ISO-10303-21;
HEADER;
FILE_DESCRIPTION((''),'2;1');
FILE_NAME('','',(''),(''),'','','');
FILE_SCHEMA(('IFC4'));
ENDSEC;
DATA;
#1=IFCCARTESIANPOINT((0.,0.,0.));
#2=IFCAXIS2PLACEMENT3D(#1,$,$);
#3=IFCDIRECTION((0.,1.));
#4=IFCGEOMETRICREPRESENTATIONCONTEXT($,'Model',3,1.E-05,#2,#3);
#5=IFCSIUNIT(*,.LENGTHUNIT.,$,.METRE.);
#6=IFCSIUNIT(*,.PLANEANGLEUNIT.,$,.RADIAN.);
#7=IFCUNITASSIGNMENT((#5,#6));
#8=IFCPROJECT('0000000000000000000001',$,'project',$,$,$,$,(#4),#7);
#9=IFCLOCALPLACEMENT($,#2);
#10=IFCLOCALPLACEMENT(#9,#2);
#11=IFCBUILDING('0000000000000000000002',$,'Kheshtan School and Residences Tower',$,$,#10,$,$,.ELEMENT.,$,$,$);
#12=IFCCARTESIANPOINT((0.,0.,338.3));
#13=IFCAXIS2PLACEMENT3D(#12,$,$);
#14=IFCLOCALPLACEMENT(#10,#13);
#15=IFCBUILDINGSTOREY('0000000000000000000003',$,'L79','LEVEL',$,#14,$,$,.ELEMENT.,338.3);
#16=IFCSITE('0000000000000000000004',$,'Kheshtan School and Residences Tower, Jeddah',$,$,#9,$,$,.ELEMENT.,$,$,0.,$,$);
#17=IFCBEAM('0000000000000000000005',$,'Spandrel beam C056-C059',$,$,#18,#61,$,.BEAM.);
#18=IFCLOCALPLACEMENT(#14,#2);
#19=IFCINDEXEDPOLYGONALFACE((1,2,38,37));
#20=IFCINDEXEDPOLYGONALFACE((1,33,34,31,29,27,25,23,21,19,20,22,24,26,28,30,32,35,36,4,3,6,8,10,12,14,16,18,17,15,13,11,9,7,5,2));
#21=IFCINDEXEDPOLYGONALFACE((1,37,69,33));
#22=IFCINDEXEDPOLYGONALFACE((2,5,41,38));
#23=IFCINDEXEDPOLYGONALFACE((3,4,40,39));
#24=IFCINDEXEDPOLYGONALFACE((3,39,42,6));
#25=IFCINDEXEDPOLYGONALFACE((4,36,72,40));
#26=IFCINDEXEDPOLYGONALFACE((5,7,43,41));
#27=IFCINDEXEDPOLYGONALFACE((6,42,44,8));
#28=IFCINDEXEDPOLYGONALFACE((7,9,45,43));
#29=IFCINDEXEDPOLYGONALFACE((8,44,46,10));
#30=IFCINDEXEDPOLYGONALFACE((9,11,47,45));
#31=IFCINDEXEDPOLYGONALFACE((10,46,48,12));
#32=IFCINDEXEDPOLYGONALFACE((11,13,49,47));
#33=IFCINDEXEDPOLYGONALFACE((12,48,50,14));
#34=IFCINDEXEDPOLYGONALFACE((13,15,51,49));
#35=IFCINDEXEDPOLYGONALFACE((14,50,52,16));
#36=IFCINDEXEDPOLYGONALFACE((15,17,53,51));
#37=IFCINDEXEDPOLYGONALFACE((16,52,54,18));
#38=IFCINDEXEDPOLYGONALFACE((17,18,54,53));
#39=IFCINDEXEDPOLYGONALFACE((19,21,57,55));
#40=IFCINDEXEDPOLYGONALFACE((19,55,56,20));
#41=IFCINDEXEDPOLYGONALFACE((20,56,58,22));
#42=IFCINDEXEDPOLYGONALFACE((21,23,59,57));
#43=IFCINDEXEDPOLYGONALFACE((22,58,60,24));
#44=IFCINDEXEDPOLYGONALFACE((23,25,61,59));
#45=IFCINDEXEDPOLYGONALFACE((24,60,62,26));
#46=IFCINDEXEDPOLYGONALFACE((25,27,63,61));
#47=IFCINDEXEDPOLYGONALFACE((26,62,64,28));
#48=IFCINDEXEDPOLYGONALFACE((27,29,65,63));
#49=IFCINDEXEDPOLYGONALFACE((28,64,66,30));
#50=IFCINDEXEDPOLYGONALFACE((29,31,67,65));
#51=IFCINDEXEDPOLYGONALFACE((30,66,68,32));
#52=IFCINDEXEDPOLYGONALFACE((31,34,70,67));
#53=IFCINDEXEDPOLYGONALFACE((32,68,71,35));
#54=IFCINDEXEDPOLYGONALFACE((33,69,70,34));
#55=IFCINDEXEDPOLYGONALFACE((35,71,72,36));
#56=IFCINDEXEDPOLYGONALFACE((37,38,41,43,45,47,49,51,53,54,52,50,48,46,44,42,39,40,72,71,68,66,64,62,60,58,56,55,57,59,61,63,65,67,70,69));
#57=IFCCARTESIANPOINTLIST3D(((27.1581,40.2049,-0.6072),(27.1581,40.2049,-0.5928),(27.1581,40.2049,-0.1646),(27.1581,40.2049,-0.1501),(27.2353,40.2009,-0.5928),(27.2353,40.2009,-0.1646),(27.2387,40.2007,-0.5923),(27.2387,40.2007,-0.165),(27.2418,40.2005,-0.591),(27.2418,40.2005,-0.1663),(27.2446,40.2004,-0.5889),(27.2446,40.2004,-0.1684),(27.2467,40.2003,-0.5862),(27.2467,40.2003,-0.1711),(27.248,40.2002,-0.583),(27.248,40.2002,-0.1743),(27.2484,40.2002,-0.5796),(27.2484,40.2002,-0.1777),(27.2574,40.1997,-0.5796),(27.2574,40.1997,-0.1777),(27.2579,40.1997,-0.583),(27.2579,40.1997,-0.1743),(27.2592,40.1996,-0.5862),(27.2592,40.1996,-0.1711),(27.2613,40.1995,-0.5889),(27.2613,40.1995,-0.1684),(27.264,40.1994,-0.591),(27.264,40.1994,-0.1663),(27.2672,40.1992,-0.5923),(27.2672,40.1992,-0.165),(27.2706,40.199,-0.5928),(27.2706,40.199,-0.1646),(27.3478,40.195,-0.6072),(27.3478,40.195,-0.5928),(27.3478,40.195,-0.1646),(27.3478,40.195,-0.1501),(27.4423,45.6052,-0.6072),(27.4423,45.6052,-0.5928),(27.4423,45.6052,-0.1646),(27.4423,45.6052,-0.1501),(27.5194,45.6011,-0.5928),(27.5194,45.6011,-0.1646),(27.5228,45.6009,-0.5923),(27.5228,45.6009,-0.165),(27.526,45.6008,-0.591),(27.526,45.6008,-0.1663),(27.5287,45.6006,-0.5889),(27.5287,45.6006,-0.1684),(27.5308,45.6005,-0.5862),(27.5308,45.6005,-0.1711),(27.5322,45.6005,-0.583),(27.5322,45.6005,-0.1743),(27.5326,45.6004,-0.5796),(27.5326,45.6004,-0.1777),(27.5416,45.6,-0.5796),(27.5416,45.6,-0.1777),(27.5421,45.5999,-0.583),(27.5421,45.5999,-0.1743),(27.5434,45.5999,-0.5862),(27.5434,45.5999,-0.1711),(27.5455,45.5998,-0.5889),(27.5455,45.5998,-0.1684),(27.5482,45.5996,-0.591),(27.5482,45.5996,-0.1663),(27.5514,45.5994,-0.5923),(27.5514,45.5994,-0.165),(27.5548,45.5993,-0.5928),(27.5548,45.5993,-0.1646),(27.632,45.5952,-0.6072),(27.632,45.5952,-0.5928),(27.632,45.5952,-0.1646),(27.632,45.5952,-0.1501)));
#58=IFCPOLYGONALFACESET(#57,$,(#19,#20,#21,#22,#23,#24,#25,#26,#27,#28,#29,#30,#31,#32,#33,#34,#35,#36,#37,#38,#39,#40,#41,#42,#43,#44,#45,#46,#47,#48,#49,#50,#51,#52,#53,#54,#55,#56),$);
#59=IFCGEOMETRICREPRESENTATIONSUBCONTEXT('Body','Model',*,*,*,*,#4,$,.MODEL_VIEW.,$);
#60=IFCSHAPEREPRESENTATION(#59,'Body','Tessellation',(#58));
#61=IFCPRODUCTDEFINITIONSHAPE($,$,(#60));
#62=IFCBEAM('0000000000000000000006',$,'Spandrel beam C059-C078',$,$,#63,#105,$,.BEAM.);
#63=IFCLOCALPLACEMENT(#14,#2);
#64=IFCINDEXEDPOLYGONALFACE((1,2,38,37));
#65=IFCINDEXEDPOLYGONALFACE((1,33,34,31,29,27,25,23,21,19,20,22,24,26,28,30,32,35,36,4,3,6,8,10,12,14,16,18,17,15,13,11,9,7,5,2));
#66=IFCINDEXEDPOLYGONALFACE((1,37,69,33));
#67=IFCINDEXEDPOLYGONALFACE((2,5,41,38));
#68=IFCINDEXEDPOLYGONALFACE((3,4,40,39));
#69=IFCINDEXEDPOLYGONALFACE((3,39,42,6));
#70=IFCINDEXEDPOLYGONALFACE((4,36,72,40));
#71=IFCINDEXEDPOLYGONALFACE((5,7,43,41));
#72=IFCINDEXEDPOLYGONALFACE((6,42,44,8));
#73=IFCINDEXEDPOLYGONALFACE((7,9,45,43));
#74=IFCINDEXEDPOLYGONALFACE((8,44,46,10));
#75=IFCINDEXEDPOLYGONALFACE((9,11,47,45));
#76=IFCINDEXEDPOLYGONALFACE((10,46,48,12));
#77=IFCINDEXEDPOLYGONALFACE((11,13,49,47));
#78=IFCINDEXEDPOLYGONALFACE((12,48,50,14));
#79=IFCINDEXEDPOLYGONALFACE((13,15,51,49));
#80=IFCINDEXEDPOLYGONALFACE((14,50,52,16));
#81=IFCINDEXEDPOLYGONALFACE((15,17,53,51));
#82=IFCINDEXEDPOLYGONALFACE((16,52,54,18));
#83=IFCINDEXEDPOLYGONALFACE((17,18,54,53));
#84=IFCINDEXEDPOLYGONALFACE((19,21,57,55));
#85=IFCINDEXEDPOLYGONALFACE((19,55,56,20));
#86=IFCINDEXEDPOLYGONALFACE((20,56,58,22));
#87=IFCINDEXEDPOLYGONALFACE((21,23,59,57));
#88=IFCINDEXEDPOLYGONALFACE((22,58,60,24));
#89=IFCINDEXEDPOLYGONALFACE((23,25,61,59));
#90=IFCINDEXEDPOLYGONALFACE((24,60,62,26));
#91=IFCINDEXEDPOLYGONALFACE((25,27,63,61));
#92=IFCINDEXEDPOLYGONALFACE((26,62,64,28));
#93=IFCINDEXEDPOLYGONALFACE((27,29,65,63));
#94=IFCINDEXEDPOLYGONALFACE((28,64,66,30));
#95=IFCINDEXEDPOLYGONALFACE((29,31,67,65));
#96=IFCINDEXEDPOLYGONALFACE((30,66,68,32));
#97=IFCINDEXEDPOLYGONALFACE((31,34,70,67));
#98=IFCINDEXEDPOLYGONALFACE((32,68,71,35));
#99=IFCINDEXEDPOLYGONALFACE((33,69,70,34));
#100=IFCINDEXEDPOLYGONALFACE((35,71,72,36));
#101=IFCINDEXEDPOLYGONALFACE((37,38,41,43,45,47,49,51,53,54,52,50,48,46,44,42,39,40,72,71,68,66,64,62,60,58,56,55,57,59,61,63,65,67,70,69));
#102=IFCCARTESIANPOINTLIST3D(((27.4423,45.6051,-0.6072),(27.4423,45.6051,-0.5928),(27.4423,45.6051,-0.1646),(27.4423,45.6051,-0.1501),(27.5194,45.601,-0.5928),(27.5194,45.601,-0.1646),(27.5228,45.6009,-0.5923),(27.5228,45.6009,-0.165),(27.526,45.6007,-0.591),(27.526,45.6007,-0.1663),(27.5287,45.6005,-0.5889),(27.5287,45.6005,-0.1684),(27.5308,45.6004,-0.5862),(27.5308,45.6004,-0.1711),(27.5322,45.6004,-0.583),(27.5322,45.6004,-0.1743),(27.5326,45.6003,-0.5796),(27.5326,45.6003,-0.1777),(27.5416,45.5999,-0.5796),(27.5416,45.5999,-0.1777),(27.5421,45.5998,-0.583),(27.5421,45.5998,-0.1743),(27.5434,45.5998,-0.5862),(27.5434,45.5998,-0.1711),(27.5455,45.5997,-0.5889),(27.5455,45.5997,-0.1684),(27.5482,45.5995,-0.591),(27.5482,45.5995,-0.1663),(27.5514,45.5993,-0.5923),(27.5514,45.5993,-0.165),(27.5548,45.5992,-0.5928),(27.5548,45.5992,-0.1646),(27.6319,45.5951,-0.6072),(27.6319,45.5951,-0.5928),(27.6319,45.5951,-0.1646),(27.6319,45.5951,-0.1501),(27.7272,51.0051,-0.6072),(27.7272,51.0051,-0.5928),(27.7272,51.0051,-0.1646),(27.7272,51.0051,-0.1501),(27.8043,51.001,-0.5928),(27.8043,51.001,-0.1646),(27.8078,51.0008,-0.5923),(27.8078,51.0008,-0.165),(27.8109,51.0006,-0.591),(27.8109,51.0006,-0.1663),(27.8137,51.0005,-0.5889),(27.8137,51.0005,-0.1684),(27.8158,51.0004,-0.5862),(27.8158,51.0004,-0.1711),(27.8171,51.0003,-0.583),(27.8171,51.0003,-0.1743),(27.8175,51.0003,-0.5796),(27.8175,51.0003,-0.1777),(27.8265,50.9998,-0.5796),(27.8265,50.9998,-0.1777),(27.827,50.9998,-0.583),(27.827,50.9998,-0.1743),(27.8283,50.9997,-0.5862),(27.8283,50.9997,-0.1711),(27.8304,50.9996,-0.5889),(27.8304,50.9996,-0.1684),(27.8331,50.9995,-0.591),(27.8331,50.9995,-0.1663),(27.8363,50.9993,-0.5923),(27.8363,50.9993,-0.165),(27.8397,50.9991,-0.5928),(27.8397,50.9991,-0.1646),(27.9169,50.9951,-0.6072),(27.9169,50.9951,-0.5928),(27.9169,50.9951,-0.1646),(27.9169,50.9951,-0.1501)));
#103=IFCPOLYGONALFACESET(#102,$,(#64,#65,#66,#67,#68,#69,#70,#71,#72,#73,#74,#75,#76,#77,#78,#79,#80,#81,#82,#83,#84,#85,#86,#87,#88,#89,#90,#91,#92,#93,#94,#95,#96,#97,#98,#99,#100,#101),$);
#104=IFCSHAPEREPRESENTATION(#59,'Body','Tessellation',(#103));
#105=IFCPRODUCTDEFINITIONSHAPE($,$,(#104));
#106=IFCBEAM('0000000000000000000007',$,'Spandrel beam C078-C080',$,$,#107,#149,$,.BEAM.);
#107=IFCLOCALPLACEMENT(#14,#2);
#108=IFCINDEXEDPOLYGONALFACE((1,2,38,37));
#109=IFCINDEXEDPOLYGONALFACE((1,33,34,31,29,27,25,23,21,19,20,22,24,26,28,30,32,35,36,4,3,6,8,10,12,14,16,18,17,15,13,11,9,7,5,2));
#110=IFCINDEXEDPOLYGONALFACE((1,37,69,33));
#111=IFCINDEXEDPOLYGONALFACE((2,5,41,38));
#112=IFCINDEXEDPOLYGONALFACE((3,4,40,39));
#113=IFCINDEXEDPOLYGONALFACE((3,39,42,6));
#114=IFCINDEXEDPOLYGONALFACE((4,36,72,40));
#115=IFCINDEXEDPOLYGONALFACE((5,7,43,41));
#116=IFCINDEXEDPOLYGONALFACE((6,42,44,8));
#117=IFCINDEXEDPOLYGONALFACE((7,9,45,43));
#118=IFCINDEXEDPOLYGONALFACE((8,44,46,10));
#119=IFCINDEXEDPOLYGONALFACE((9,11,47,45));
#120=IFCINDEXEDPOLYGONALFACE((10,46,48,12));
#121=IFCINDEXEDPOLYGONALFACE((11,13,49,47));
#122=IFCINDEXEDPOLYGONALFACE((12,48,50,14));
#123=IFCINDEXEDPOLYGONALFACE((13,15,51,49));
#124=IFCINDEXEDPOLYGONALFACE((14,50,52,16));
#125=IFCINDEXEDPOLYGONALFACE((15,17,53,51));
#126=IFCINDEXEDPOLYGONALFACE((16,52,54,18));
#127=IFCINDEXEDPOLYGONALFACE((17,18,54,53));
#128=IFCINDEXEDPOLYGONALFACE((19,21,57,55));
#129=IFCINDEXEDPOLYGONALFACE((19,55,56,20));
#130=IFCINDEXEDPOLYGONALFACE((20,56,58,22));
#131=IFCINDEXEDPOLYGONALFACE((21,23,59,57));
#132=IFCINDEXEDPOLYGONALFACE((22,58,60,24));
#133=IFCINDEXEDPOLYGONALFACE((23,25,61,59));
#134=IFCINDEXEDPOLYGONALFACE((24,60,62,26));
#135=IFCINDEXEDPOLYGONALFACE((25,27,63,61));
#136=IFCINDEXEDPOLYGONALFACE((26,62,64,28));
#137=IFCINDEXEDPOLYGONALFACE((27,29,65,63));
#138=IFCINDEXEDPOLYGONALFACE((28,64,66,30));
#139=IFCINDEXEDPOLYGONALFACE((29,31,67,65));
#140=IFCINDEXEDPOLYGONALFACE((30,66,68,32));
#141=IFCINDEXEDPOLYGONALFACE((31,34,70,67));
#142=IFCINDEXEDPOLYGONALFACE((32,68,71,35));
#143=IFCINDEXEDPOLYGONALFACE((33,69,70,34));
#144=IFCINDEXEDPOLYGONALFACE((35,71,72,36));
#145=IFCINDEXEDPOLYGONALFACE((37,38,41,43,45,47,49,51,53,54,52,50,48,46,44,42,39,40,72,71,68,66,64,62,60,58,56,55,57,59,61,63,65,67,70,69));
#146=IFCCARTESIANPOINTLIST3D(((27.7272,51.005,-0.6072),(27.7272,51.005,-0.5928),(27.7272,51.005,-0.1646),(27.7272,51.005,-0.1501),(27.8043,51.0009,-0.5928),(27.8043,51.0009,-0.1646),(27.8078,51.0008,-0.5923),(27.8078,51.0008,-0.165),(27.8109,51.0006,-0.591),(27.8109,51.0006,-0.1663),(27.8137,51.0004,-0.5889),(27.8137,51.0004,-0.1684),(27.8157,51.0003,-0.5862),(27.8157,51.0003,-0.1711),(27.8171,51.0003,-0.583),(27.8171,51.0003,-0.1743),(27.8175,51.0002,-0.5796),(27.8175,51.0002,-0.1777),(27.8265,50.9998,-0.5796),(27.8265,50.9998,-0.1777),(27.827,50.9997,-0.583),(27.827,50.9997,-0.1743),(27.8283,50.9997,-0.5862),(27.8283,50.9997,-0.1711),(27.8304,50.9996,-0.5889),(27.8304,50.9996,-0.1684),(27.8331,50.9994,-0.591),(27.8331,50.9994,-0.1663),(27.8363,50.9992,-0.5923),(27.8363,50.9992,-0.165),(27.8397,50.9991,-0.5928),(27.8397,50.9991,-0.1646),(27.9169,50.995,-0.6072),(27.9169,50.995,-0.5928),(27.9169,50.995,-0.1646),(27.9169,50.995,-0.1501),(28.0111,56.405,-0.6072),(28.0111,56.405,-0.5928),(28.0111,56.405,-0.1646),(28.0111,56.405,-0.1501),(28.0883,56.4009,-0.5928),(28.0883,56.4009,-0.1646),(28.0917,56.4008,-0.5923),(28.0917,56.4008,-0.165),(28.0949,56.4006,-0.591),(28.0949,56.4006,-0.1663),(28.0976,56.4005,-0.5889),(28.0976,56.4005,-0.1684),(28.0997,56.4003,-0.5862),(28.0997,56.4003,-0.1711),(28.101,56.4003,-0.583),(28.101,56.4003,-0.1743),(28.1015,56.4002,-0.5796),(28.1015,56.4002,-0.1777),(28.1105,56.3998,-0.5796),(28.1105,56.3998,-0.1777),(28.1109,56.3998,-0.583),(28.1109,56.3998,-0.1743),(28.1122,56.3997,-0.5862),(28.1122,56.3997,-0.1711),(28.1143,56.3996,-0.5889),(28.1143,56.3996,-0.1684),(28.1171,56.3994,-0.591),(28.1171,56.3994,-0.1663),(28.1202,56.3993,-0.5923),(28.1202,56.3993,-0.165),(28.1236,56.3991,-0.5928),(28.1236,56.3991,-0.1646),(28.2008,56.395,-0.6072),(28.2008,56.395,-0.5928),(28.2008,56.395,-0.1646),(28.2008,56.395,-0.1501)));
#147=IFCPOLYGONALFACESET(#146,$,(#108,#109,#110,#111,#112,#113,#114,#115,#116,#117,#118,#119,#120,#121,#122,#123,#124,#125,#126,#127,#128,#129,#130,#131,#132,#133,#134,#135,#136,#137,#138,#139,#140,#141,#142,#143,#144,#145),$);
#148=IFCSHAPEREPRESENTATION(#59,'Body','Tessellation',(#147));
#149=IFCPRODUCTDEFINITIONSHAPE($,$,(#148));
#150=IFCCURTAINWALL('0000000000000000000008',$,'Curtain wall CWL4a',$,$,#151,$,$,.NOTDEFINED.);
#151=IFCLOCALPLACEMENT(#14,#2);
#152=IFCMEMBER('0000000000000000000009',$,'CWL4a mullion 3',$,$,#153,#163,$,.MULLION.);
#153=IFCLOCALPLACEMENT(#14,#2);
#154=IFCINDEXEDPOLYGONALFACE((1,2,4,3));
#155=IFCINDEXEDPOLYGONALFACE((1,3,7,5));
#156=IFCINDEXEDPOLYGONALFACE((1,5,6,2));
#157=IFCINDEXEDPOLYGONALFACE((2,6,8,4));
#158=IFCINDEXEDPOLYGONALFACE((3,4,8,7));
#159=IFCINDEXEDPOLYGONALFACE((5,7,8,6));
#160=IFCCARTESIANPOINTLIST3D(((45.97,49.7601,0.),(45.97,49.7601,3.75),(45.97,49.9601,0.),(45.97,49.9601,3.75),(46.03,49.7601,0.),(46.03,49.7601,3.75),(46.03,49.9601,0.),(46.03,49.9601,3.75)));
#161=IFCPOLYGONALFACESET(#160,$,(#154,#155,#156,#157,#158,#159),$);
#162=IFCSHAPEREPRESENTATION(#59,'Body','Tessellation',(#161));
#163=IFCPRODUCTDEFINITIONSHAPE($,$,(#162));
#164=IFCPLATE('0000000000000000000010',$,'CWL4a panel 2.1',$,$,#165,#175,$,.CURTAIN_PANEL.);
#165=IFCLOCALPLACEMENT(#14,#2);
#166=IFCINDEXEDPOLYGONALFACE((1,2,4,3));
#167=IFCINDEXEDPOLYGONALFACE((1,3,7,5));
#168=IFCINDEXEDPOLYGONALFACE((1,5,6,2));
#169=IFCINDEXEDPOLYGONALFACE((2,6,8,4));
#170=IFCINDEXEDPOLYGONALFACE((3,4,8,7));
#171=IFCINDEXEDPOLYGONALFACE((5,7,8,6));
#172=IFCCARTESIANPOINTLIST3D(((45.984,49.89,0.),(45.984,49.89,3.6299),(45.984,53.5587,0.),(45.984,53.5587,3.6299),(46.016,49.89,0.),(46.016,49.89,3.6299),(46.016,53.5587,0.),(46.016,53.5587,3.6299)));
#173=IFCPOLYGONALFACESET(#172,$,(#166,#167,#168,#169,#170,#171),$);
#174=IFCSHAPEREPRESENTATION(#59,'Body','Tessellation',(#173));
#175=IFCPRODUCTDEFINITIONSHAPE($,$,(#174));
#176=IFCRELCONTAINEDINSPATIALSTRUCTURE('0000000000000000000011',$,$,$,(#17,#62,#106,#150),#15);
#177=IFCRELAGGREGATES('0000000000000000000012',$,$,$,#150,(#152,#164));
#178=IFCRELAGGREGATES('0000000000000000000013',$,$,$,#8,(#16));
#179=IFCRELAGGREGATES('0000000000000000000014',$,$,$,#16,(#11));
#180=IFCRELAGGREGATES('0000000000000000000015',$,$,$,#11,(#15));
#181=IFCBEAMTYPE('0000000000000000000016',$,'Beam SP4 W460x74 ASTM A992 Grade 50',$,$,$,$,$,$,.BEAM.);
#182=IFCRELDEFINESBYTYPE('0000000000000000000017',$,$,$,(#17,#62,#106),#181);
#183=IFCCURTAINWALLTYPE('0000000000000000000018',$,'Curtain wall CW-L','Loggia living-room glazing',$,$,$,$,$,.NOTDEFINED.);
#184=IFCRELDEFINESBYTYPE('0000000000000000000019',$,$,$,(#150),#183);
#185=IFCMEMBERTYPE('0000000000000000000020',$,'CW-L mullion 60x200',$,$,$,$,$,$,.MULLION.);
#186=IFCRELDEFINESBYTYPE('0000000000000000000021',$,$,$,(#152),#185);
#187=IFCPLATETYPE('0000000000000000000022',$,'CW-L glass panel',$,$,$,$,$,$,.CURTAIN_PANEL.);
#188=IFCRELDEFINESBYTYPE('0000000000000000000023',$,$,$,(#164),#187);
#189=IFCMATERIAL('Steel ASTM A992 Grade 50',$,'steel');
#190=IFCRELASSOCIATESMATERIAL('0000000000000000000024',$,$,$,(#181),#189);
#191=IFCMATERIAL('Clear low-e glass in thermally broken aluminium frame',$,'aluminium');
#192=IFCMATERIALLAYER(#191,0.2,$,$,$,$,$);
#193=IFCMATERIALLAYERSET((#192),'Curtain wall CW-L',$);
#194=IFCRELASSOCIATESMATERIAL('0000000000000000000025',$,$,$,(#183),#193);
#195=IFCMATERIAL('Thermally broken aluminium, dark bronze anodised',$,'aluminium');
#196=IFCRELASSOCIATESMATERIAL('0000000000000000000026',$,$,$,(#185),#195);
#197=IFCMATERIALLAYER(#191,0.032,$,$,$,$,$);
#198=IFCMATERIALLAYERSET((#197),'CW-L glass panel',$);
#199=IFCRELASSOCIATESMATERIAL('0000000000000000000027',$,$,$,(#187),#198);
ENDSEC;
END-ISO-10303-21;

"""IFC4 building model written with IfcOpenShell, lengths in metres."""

from ifc_helpers import new_model, si_unit, direction, frame, origin, origin_2d, place, context, subcontext, project, spatial, rectangle, i_section, extrude, material, layer, layer_set, material_profile, profile_set, type_object, element, aggregate, save


model = new_model("IFC4")

# Units and contexts
model_context = context("Model", 3, precision=1e-05, world=origin(), true_north=direction((0.0, 1.0)))
body_context = subcontext(model_context, "Body", "Model", "MODEL_VIEW")
ifc_project = project(units=[si_unit("LENGTHUNIT", "METRE"), si_unit("PLANEANGLEUNIT", "RADIAN")], contexts=[model_context])

# Site, building, storey
site_placement = place(None, origin())
site = spatial("IfcSite", under=ifc_project, at=site_placement, Name="Kheshtan School and Residences Tower, Jeddah", CompositionType="ELEMENT", RefElevation=0.0)
building_placement = place(site_placement, origin())
building = spatial("IfcBuilding", under=site, at=building_placement, Name="Kheshtan School and Residences Tower", CompositionType="ELEMENT")
storey_placement = place(building_placement, frame((0.0, 0.0, 338.3)))
storey = spatial("IfcBuildingStorey", under=building, at=storey_placement, Name="L79", Description="LEVEL", CompositionType="ELEMENT", Elevation=338.3)

# Shared definitions
ifc_material_1 = material(Name="Steel ASTM A992 Grade 50", Category="steel")

# Beams
ifc_material_profile_1 = material_profile(ifc_material_1, i_section(OverallWidth=0.1899, OverallDepth=0.457, WebThickness=0.009, FlangeThickness=0.0144, FilletRadius=0.0132, at=origin_2d()), Name="W460x74")
ifc_profile_set_1 = profile_set([ifc_material_profile_1], Name="Steel ASTM A992 Grade 50")
beam_type_1 = type_object("IfcBeamType", Name="Beam SP4 W460x74 ASTM A992 Grade 50", PredefinedType="BEAM", material=ifc_profile_set_1)
beam_1_placement = place(storey_placement, frame((27.2529, 40.2, -0.3787), z_axis=(0.052552, 0.998618, 0.0), x_axis=(-0.998618, 0.052552, 0.0)))
element("IfcBeam", 1, at=beam_1_placement, inside=storey, type_object=beam_type_1, Name="Spandrel beam C056-C059", PredefinedType="BEAM", context=body_context, shape_type="SweptSolid", body=[
    extrude(i_section(OverallWidth=0.1899, OverallDepth=0.457, WebThickness=0.009, FlangeThickness=0.0144, FilletRadius=0.0132, at=origin_2d()), origin(), (0.0, 0.0, 1.0), 5.4077),
])
for number, where, z_axis, x_axis, name in (
    (2, (27.5371, 45.6001, -0.3787), (0.052689, 0.998611, 0.0), (-0.998611, 0.052689, 0.0), "Spandrel beam C059-C078"),
    (3, (27.822, 51.0, -0.3787), (0.052509, 0.99862, 0.0), (-0.99862, 0.052509, 0.0), "Spandrel beam C078-C080"),
):
    element("IfcBeam", number, at=place(storey_placement, frame(where, z_axis=z_axis, x_axis=x_axis)), inside=storey, type_object=beam_type_1, Name=name, PredefinedType="BEAM", context=body_context, shape_type="SweptSolid", body=[
        extrude(i_section(OverallWidth=0.1899, OverallDepth=0.457, WebThickness=0.009, FlangeThickness=0.0144, FilletRadius=0.0132, at=origin_2d()), origin(), (0.0, 0.0, 1.0), 5.4075),
    ])

# Curtain wall, member, plate
ifc_material_2 = material(Name="Clear low-e glass in thermally broken aluminium frame", Category="aluminium")
ifc_layer_1 = layer(ifc_material_2, 0.2)
ifc_layer_set_1 = layer_set([ifc_layer_1], Name="Curtain wall CW-L")
curtain_wall_type = type_object("IfcCurtainWallType", Name="Curtain wall CW-L", Description="Loggia living-room glazing", PredefinedType="NOTDEFINED", material=ifc_layer_set_1)
curtain_wall_placement = place(storey_placement, origin())
curtain_wall = element("IfcCurtainWall", 4, at=curtain_wall_placement, inside=storey, type_object=curtain_wall_type, Name="Curtain wall CWL4a", PredefinedType="NOTDEFINED")
ifc_material_3 = material(Name="Thermally broken aluminium, dark bronze anodised", Category="aluminium")
ifc_material_profile_2 = material_profile(ifc_material_3, rectangle(XDim=0.0601, YDim=0.2, at=origin_2d()), Name="CW-L mullion 60x200")
ifc_profile_set_2 = profile_set([ifc_material_profile_2], Name="Thermally broken aluminium, dark bronze anodised")
member_type = type_object("IfcMemberType", Name="CW-L mullion 60x200", PredefinedType="MULLION", material=ifc_profile_set_2)
member_placement = place(storey_placement, frame((46.0, 49.8601, 0.0), z_axis=(0.0, 0.0, 1.0), x_axis=(1.0, 0.0, 0.0)))
member = element("IfcMember", 5, at=member_placement, type_object=member_type, Name="CWL4a mullion 3", PredefinedType="MULLION", context=body_context, shape_type="SweptSolid", body=[
    extrude(rectangle(XDim=0.0601, YDim=0.2, at=origin_2d()), origin(), (0.0, 0.0, 1.0), 3.75),
])
ifc_layer_2 = layer(ifc_material_2, 0.032)
ifc_layer_set_2 = layer_set([ifc_layer_2], Name="CW-L glass panel")
plate_type = type_object("IfcPlateType", Name="CW-L glass panel", PredefinedType="CURTAIN_PANEL", material=ifc_layer_set_2)
plate_placement = place(storey_placement, frame((46.0, 51.7244, 0.0), z_axis=(0.0, 0.0, 1.0), x_axis=(0.0, -1.0, 0.0)))
plate = element("IfcPlate", 6, at=plate_placement, type_object=plate_type, Name="CWL4a panel 2.1", PredefinedType="CURTAIN_PANEL", context=body_context, shape_type="SweptSolid", body=[
    extrude(rectangle(XDim=3.6687, YDim=0.032, at=origin_2d()), origin(), (0.0, 0.0, 1.0), 3.6299),
])
aggregate(curtain_wall, [member, plate])

save(model, "model.ifc")
